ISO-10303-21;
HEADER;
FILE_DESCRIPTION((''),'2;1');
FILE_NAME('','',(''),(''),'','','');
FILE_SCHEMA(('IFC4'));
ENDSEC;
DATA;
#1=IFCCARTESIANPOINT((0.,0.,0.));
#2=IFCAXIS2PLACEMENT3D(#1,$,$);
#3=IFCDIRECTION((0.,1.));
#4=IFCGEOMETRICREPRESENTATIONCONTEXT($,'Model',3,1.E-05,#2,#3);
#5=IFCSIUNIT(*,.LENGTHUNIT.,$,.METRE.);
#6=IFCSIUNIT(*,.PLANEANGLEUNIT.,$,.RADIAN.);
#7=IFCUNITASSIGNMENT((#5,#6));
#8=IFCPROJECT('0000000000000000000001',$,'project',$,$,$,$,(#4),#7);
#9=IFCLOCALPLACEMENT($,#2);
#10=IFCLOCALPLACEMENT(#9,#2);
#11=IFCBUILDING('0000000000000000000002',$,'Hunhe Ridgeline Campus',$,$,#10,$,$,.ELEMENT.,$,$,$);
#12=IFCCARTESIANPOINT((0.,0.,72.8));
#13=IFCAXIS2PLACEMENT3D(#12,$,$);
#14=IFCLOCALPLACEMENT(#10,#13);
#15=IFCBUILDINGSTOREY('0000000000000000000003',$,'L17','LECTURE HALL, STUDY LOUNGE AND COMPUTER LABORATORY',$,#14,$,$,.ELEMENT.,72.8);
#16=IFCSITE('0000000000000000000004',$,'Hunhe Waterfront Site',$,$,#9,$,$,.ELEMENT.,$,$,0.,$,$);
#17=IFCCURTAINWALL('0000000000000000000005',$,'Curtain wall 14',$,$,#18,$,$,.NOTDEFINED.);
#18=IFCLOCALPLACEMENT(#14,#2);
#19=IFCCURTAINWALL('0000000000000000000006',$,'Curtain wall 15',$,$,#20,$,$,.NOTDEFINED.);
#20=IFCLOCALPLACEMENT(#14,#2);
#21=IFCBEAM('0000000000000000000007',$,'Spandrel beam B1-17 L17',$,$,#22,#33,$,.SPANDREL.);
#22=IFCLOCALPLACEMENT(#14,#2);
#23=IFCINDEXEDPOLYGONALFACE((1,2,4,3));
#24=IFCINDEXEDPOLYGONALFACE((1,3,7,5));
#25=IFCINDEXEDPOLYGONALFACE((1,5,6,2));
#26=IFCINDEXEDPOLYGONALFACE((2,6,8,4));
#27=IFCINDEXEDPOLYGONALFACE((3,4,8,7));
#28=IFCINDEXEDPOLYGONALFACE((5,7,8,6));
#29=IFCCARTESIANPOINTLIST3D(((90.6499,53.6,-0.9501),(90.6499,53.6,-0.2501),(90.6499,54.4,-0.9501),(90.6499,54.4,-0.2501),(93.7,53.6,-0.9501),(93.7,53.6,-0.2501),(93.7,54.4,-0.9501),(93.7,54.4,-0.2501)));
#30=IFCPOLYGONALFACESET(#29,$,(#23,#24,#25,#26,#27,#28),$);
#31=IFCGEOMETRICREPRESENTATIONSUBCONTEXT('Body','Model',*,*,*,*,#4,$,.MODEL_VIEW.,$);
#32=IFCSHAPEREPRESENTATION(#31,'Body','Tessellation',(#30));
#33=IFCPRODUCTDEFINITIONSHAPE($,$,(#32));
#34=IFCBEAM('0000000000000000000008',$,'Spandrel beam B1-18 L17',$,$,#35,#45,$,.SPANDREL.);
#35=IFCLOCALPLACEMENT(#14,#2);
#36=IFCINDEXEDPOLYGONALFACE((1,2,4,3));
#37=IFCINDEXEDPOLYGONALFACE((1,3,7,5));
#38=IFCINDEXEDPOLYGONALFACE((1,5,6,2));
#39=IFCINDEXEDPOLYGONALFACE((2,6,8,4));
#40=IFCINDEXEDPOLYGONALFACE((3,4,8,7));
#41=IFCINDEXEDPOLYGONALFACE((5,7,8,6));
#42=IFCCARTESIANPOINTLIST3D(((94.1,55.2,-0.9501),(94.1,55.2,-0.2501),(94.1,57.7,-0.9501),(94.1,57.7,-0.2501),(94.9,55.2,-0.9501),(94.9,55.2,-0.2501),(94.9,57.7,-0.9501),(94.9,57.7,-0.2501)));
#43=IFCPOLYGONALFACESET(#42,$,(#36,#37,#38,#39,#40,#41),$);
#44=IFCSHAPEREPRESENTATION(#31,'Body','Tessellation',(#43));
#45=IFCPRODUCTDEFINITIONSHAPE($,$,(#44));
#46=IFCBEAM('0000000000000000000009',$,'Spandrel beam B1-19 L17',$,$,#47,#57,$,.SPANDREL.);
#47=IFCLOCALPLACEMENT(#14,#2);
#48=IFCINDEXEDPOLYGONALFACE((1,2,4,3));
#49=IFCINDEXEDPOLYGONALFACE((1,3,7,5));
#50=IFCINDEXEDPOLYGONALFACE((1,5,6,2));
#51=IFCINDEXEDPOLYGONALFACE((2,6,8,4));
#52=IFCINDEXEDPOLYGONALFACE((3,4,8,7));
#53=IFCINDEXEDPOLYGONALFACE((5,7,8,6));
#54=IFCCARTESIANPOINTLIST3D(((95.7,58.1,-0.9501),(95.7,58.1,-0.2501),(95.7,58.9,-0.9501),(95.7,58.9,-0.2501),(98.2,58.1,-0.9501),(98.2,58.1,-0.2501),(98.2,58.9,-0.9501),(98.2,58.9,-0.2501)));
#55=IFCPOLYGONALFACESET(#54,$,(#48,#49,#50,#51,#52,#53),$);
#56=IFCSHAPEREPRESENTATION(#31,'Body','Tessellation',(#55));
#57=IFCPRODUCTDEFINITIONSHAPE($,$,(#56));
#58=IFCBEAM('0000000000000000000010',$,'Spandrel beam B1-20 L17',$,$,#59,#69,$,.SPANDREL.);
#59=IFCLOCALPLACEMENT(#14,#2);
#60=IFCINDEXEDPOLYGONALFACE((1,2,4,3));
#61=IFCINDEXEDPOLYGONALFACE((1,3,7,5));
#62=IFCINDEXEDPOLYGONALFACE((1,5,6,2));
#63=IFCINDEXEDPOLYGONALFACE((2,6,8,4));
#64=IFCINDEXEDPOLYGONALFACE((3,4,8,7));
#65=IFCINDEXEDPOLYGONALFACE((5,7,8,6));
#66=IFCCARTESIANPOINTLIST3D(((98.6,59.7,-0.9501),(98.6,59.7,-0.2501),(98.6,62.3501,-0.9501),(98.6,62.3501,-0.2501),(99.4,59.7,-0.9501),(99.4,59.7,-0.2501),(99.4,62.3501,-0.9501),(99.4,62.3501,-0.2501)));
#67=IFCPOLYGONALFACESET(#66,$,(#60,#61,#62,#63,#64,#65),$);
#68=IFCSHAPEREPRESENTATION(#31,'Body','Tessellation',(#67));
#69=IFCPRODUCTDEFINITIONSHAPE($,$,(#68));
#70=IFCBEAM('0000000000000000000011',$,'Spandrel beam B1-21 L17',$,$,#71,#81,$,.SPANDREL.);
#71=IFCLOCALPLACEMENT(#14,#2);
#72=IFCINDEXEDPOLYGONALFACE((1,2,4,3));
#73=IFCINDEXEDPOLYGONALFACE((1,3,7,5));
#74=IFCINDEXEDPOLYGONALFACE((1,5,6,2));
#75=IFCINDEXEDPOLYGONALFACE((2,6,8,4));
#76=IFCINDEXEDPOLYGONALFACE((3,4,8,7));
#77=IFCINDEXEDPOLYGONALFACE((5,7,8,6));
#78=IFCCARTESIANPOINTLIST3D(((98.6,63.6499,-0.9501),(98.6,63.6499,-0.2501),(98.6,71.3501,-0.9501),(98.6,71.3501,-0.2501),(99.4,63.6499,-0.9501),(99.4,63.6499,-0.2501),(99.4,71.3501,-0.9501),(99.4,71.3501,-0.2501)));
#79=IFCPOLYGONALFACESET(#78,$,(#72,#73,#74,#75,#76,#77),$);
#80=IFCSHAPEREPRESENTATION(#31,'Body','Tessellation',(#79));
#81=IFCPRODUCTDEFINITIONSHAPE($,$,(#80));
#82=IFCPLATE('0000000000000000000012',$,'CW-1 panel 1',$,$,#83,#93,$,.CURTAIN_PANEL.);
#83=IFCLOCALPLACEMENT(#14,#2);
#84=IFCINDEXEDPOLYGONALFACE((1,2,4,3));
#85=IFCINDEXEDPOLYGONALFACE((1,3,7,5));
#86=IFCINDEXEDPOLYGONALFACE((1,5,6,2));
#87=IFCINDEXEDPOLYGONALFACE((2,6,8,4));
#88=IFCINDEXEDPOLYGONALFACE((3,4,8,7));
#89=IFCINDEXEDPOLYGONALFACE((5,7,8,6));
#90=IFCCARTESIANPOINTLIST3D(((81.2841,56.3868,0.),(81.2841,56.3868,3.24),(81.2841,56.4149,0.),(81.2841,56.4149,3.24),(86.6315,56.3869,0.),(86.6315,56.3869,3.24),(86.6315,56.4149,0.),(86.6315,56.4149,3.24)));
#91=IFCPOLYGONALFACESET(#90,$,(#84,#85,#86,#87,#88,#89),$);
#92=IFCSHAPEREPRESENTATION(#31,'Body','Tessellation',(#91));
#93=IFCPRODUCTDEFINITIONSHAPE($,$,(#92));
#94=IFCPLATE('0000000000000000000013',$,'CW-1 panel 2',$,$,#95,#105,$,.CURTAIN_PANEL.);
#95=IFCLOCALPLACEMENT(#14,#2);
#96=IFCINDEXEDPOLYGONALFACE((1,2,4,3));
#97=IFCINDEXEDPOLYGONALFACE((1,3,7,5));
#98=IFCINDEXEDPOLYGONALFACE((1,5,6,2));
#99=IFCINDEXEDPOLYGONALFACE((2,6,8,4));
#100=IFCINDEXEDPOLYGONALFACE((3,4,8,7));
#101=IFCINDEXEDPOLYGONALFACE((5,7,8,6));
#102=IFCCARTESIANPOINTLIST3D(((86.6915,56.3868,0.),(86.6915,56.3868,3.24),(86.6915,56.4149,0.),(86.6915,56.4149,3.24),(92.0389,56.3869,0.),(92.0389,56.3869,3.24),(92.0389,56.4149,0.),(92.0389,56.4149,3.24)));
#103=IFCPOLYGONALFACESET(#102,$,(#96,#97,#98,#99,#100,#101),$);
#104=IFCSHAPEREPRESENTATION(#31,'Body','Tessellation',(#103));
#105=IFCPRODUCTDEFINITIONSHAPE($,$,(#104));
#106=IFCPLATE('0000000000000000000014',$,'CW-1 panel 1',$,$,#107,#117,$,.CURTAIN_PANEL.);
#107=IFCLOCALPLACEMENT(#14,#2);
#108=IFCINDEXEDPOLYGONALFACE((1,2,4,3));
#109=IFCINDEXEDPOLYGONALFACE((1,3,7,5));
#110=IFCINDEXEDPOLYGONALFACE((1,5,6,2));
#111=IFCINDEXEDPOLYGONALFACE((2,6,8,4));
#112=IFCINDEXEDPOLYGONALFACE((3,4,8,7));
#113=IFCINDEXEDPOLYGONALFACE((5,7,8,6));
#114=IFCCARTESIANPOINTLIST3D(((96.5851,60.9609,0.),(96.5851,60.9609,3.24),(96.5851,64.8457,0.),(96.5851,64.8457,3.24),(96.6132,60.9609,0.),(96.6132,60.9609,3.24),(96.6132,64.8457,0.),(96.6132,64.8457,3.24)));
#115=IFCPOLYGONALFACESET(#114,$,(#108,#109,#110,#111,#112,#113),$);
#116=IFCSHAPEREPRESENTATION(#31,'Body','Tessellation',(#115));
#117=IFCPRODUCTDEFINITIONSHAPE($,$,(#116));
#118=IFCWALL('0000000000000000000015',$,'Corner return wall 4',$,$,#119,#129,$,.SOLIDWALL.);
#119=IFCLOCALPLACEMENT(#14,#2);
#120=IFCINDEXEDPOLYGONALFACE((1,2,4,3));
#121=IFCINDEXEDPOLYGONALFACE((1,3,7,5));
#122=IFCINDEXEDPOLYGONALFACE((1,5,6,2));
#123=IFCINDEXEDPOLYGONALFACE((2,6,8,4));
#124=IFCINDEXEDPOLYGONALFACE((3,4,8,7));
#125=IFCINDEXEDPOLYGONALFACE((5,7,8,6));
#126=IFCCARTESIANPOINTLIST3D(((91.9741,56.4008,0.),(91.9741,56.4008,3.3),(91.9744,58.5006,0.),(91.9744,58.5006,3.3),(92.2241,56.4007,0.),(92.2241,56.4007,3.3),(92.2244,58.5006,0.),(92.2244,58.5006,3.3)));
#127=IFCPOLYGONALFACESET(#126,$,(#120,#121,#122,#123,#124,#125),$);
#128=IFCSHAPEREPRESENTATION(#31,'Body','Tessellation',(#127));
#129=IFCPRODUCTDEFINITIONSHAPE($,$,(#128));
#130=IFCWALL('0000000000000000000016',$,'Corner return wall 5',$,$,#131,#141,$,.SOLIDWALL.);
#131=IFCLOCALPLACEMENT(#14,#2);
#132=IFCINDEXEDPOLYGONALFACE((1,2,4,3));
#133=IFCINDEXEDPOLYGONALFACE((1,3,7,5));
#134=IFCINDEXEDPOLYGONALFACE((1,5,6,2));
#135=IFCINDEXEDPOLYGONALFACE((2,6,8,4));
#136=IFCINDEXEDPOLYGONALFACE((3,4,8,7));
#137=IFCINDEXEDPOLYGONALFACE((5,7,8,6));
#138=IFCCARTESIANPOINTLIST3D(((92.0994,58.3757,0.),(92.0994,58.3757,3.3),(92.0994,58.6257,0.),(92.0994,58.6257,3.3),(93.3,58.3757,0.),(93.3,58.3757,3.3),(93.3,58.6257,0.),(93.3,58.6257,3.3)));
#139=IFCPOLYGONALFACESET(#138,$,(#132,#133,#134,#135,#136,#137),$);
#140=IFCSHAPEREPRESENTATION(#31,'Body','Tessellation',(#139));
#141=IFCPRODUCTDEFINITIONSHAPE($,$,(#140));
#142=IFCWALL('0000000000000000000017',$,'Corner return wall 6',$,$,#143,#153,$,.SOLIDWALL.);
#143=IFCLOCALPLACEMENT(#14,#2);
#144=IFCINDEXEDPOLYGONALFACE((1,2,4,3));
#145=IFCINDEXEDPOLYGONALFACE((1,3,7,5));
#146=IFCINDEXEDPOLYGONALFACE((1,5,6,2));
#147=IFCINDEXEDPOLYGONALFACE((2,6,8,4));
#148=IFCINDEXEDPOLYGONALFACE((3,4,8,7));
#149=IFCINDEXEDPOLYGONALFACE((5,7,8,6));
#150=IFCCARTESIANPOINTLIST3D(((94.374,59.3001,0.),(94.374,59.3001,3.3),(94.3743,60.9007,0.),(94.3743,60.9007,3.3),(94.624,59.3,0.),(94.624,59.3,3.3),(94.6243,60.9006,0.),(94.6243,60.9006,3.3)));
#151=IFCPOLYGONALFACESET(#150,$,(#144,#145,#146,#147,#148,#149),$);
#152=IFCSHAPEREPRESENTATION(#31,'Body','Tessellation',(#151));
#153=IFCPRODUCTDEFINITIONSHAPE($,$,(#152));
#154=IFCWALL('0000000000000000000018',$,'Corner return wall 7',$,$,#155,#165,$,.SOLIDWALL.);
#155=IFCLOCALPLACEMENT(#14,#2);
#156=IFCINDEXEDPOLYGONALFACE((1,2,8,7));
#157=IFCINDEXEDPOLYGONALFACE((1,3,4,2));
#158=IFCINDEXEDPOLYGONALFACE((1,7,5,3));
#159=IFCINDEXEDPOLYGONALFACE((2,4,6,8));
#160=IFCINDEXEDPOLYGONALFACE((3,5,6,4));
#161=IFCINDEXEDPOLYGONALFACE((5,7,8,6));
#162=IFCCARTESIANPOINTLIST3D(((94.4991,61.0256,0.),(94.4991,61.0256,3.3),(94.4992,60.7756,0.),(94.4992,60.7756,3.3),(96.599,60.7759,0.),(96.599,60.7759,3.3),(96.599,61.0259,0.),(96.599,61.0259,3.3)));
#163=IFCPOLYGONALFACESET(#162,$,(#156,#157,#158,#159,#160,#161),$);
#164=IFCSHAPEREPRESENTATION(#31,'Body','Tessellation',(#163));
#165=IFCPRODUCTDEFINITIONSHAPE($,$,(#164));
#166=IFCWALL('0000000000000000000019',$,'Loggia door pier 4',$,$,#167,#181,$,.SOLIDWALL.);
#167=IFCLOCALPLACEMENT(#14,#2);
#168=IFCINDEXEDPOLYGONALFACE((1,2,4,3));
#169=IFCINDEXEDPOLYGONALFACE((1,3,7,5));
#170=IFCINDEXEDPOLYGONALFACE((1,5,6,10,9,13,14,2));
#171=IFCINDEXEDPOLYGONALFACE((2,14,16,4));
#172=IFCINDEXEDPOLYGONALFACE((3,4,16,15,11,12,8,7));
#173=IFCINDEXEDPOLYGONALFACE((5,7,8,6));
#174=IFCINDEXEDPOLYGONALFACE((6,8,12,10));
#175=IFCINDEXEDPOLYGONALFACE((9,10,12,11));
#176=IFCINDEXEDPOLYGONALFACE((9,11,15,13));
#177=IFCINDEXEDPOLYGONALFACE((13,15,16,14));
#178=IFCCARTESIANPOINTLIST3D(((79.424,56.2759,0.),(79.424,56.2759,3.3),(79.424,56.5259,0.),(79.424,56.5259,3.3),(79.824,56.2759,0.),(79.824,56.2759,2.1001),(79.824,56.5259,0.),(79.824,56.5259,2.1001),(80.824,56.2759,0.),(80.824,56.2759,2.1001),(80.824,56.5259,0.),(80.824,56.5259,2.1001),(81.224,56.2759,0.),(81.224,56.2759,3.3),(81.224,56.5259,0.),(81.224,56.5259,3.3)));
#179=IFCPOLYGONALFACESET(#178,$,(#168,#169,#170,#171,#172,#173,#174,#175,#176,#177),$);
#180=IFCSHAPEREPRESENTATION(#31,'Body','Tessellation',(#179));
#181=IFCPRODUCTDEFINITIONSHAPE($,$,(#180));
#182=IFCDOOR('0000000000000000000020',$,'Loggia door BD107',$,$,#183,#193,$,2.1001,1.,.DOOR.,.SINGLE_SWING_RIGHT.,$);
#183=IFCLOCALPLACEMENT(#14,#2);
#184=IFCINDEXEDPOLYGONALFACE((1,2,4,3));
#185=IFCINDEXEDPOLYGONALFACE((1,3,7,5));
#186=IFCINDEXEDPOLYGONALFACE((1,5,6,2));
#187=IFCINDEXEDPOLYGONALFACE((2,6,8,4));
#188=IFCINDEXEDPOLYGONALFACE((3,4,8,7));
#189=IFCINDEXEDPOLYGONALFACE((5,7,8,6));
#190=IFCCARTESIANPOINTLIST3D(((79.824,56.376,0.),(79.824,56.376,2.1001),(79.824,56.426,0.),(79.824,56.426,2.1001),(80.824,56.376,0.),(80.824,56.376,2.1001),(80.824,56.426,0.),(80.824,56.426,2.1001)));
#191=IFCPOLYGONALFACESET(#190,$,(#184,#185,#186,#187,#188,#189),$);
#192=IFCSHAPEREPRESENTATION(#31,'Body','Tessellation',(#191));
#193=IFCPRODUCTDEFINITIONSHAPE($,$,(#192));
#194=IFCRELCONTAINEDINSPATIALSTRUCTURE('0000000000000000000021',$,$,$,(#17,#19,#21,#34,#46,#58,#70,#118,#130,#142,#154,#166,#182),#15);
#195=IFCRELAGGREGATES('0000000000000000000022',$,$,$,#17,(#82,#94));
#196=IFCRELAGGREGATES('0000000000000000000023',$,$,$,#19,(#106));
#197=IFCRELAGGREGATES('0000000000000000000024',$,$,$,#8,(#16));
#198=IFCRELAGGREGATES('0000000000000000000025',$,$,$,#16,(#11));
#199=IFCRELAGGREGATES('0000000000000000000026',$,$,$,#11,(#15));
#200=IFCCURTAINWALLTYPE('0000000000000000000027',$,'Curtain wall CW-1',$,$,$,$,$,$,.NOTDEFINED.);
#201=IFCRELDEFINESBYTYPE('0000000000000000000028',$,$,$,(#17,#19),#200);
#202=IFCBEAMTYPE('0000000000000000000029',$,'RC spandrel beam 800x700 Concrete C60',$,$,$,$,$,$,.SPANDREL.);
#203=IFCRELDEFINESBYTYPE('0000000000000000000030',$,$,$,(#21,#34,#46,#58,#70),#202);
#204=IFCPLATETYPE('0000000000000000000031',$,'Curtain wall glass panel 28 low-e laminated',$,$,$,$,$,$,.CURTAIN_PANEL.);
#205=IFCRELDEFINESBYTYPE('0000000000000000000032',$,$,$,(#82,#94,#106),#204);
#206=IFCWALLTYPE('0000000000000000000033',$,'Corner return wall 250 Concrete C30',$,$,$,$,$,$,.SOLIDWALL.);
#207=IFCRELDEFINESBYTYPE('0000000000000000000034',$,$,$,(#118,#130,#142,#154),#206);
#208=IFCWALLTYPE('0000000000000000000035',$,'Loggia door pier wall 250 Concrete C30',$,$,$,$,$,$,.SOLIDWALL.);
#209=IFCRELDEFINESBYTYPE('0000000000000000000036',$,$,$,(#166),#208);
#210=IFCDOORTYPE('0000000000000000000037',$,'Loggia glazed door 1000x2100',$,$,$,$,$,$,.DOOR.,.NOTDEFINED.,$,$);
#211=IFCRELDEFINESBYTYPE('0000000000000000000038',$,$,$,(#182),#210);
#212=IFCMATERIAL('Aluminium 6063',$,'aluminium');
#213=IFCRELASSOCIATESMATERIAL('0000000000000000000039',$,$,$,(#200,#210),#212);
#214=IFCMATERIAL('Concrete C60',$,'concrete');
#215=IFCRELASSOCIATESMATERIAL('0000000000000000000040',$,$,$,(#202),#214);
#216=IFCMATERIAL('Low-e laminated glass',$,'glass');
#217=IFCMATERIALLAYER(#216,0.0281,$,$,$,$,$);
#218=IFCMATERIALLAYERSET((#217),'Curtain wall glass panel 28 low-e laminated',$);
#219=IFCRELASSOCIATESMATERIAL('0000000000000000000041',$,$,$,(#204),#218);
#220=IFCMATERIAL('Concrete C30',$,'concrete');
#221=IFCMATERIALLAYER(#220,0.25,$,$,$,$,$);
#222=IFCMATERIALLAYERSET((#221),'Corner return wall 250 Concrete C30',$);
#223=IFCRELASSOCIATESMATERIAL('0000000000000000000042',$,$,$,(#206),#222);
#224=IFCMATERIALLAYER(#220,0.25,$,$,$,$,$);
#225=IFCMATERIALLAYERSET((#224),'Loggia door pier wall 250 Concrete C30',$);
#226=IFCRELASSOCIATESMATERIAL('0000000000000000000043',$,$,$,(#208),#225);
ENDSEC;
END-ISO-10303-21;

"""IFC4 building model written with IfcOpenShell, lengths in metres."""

from ifc_helpers import new_model, si_unit, direction, frame, frame_2d, origin, origin_2d, place, context, subcontext, project, spatial, rectangle, extrude, material, layer, layer_set, material_profile, profile_set, type_object, element, fill, aggregate, save


model = new_model("IFC4")

# Units and contexts
model_context = context("Model", 3, precision=1e-05, world=origin(), true_north=direction((0.0, 1.0)))
body_context = subcontext(model_context, "Body", "Model", "MODEL_VIEW")
ifc_project = project(units=[si_unit("LENGTHUNIT", "METRE"), si_unit("PLANEANGLEUNIT", "RADIAN")], contexts=[model_context])

# Site, building, storey
site_placement = place(None, origin())
site = spatial("IfcSite", under=ifc_project, at=site_placement, Name="Hunhe Waterfront Site", CompositionType="ELEMENT", RefElevation=0.0)
building_placement = place(site_placement, origin())
building = spatial("IfcBuilding", under=site, at=building_placement, Name="Hunhe Ridgeline Campus", CompositionType="ELEMENT")
storey_placement = place(building_placement, frame((0.0, 0.0, 72.8)))
storey = spatial("IfcBuildingStorey", under=building, at=storey_placement, Name="L17", Description="LECTURE HALL, STUDY LOUNGE AND COMPUTER LABORATORY", CompositionType="ELEMENT", Elevation=72.8)

# Curtain wall
ifc_material_1 = material(Name="Aluminium 6063", Category="aluminium")
curtain_wall_type = type_object("IfcCurtainWallType", Name="Curtain wall CW-1", PredefinedType="NOTDEFINED", material=ifc_material_1)
curtain_wall_1_placement = place(storey_placement, origin())
curtain_wall_1 = element("IfcCurtainWall", 1, at=curtain_wall_1_placement, inside=storey, type_object=curtain_wall_type, Name="Curtain wall 14", PredefinedType="NOTDEFINED")

# Curtain wall
curtain_wall_2_placement = place(storey_placement, origin())
curtain_wall_2 = element("IfcCurtainWall", 2, at=curtain_wall_2_placement, inside=storey, type_object=curtain_wall_type, Name="Curtain wall 15", PredefinedType="NOTDEFINED")

# Beams
ifc_material_2 = material(Name="Concrete C60", Category="concrete")
ifc_material_profile_1 = material_profile(ifc_material_2, rectangle(XDim=0.8, YDim=0.7, at=origin_2d()))
ifc_profile_set_1 = profile_set([ifc_material_profile_1], Name="Concrete C60")
beam_type = type_object("IfcBeamType", Name="RC spandrel beam 800x700 Concrete C60", PredefinedType="SPANDREL", material=ifc_profile_set_1)
beam_1_placement = place(storey_placement, frame((90.6499, 54.0, -0.6001), z_axis=(1.0, 0.0, 0.0), x_axis=(0.0, 1.0, 0.0)))
element("IfcBeam", 3, at=beam_1_placement, inside=storey, type_object=beam_type, Name="Spandrel beam B1-17 L17", PredefinedType="SPANDREL", context=body_context, shape_type="SweptSolid", body=[
    extrude(rectangle(XDim=0.8, YDim=0.7, at=origin_2d()), origin(), (0.0, 0.0, 1.0), 3.05),
])
for number, where, z_axis, x_axis, name in (
    (4, (94.5, 55.2, -0.6001), (0.0, 1.0, 0.0), (-1.0, 0.0, 0.0), "Spandrel beam B1-18 L17"),
    (5, (95.7, 58.5, -0.6001), (1.0, 0.0, 0.0), (0.0, 1.0, 0.0), "Spandrel beam B1-19 L17"),
):
    element("IfcBeam", number, at=place(storey_placement, frame(where, z_axis=z_axis, x_axis=x_axis)), inside=storey, type_object=beam_type, Name=name, PredefinedType="SPANDREL", context=body_context, shape_type="SweptSolid", body=[
        extrude(rectangle(XDim=0.8, YDim=0.7, at=origin_2d()), origin(), (0.0, 0.0, 1.0), 2.5),
    ])
beam_2_placement = place(storey_placement, frame((99.0, 59.7, -0.6001), z_axis=(0.0, 1.0, 0.0), x_axis=(-1.0, 0.0, 0.0)))
element("IfcBeam", 6, at=beam_2_placement, inside=storey, type_object=beam_type, Name="Spandrel beam B1-20 L17", PredefinedType="SPANDREL", context=body_context, shape_type="SweptSolid", body=[
    extrude(rectangle(XDim=0.8, YDim=0.7, at=origin_2d()), origin(), (0.0, 0.0, 1.0), 2.6501),
])
beam_3_placement = place(storey_placement, frame((99.0, 63.6499, -0.6001), z_axis=(0.0, 1.0, 0.0), x_axis=(-1.0, 0.0, 0.0)))
element("IfcBeam", 7, at=beam_3_placement, inside=storey, type_object=beam_type, Name="Spandrel beam B1-21 L17", PredefinedType="SPANDREL", context=body_context, shape_type="SweptSolid", body=[
    extrude(rectangle(XDim=0.8, YDim=0.7, at=origin_2d()), origin(), (0.0, 0.0, 1.0), 7.7002),
])

# Plates
ifc_material_3 = material(Name="Low-e laminated glass", Category="glass")
ifc_layer_1 = layer(ifc_material_3, 0.0281)
ifc_layer_set_1 = layer_set([ifc_layer_1], Name="Curtain wall glass panel 28 low-e laminated")
plate_type = type_object("IfcPlateType", Name="Curtain wall glass panel 28 low-e laminated", PredefinedType="CURTAIN_PANEL", material=ifc_layer_set_1)
plate_1_placement = place(storey_placement, frame((83.9578, 56.4009, 0.0), z_axis=(0.0, 0.0, 1.0), x_axis=(1.0, 0.000004, 0.0)))
plate_1 = element("IfcPlate", 8, at=plate_1_placement, type_object=plate_type, Name="CW-1 panel 1", PredefinedType="CURTAIN_PANEL", context=body_context, shape_type="SweptSolid", body=[
    extrude(rectangle(XDim=5.3474, YDim=0.0281, at=origin_2d()), origin(), (0.0, 0.0, 1.0), 3.24),
])
plate_2_placement = place(storey_placement, frame((89.3652, 56.4009, 0.0), z_axis=(0.0, 0.0, 1.0), x_axis=(1.0, 0.000004, 0.0)))
plate_2 = element("IfcPlate", 9, at=plate_2_placement, type_object=plate_type, Name="CW-1 panel 2", PredefinedType="CURTAIN_PANEL", context=body_context, shape_type="SweptSolid", body=[
    extrude(rectangle(XDim=5.3474, YDim=0.0281, at=origin_2d()), origin(), (0.0, 0.0, 1.0), 3.24),
])
aggregate(curtain_wall_1, [plate_1, plate_2])
plate_3_placement = place(storey_placement, frame((96.5991, 62.9033, 0.0), z_axis=(0.0, 0.0, 1.0), x_axis=(0.0, 1.0, 0.0)))
plate_3 = element("IfcPlate", 10, at=plate_3_placement, type_object=plate_type, Name="CW-1 panel 1", PredefinedType="CURTAIN_PANEL", context=body_context, shape_type="SweptSolid", body=[
    extrude(rectangle(XDim=3.8848, YDim=0.0281, at=origin_2d()), origin(), (0.0, 0.0, 1.0), 3.24),
])
aggregate(curtain_wall_2, [plate_3])

# Walls
ifc_material_4 = material(Name="Concrete C30", Category="concrete")
ifc_layer_2 = layer(ifc_material_4, 0.25)
ifc_layer_set_2 = layer_set([ifc_layer_2], Name="Corner return wall 250 Concrete C30")
wall_type_1 = type_object("IfcWallType", Name="Corner return wall 250 Concrete C30", PredefinedType="SOLIDWALL", material=ifc_layer_set_2)
wall_1_placement = place(storey_placement, frame((92.0991, 56.4009, 0.0), z_axis=(0.0, 0.0, 1.0), x_axis=(0.000116, 1.0, 0.0)))
element("IfcWall", 11, at=wall_1_placement, inside=storey, type_object=wall_type_1, Name="Corner return wall 4", PredefinedType="SOLIDWALL", context=body_context, shape_type="SweptSolid", body=[
    extrude(rectangle(XDim=2.0999, YDim=0.25, at=frame_2d((1.0498, 0.0))), origin(), (0.0, 0.0, 1.0), 3.3),
])
wall_2_placement = place(storey_placement, frame((92.0994, 58.5007, 0.0), z_axis=(0.0, 0.0, 1.0), x_axis=(1.0, 0.0, 0.0)))
element("IfcWall", 12, at=wall_2_placement, inside=storey, type_object=wall_type_1, Name="Corner return wall 5", PredefinedType="SOLIDWALL", context=body_context, shape_type="SweptSolid", body=[
    extrude(rectangle(XDim=1.2007, YDim=0.25, at=frame_2d((0.6003, 0.0))), origin(), (0.0, 0.0, 1.0), 3.3),
])
wall_3_placement = place(storey_placement, frame((94.499, 59.3, 0.0), z_axis=(0.0, 0.0, 1.0), x_axis=(0.000153, 1.0, 0.0)))
element("IfcWall", 13, at=wall_3_placement, inside=storey, type_object=wall_type_1, Name="Corner return wall 6", PredefinedType="SOLIDWALL", context=body_context, shape_type="SweptSolid", body=[
    extrude(rectangle(XDim=1.6006, YDim=0.25, at=frame_2d((0.8003, 0.0))), origin(), (0.0, 0.0, 1.0), 3.3),
])
wall_4_placement = place(storey_placement, frame((94.4993, 60.9006, 0.0), z_axis=(0.0, 0.0, 1.0), x_axis=(1.0, 0.000116, 0.0)))
element("IfcWall", 14, at=wall_4_placement, inside=storey, type_object=wall_type_1, Name="Corner return wall 7", PredefinedType="SOLIDWALL", context=body_context, shape_type="SweptSolid", body=[
    extrude(rectangle(XDim=2.0999, YDim=0.25, at=frame_2d((1.0498, 0.0))), origin(), (0.0, 0.0, 1.0), 3.3),
])

# Wall, opening, door
ifc_layer_3 = layer(ifc_material_4, 0.25)
ifc_layer_set_3 = layer_set([ifc_layer_3], Name="Loggia door pier wall 250 Concrete C30")
wall_type_2 = type_object("IfcWallType", Name="Loggia door pier wall 250 Concrete C30", PredefinedType="SOLIDWALL", material=ifc_layer_set_3)
wall_5_placement = place(storey_placement, frame((79.4241, 56.4009, 0.0), z_axis=(0.0, 0.0, 1.0), x_axis=(1.0, 0.0, 0.0)))
wall_5 = element("IfcWall", 15, at=wall_5_placement, inside=storey, type_object=wall_type_2, Name="Loggia door pier 4", PredefinedType="SOLIDWALL", context=body_context, shape_type="SweptSolid", body=[
    extrude(rectangle(XDim=1.8, YDim=0.25, at=frame_2d((0.8999, 0.0))), origin(), (0.0, 0.0, 1.0), 3.3),
])
opening_placement = place(wall_5_placement, frame((0.3999, 0.0, 0.0)))
opening = element("IfcOpeningElement", 16, at=opening_placement, cuts=wall_5, PredefinedType="OPENING", context=body_context, shape_type="SweptSolid", body=[
    extrude(rectangle(XDim=1.0, YDim=2.1001, at=frame_2d((0.5, 1.05))), frame((0.0, 0.125, 0.0), z_axis=(0.0, -1.0, 0.0), x_axis=(1.0, 0.0, 0.0)), (0.0, 0.0, 1.0), 0.25),
])
door_type = type_object("IfcDoorType", Name="Loggia glazed door 1000x2100", OperationType="NOTDEFINED", PredefinedType="DOOR", material=ifc_material_1)
door_placement = place(opening_placement, frame((1.0, 0.0, 0.0), z_axis=(0.0, 0.0, 1.0), x_axis=(-1.0, 0.0, 0.0)))
door = element("IfcDoor", 17, at=door_placement, inside=storey, type_object=door_type, Name="Loggia door BD107", OperationType="SINGLE_SWING_RIGHT", OverallHeight=2.1001, OverallWidth=1.0, PredefinedType="DOOR", context=body_context, shape_type="SweptSolid", body=[
    extrude(rectangle(XDim=1.0, YDim=2.1001, at=frame_2d((0.5, 1.05))), frame((0.0, 0.0249, 0.0), z_axis=(0.0, -1.0, 0.0), x_axis=(1.0, 0.0, 0.0)), (0.0, 0.0, 1.0), 0.05),
])
fill(opening, door)

save(model, "model.ifc")
